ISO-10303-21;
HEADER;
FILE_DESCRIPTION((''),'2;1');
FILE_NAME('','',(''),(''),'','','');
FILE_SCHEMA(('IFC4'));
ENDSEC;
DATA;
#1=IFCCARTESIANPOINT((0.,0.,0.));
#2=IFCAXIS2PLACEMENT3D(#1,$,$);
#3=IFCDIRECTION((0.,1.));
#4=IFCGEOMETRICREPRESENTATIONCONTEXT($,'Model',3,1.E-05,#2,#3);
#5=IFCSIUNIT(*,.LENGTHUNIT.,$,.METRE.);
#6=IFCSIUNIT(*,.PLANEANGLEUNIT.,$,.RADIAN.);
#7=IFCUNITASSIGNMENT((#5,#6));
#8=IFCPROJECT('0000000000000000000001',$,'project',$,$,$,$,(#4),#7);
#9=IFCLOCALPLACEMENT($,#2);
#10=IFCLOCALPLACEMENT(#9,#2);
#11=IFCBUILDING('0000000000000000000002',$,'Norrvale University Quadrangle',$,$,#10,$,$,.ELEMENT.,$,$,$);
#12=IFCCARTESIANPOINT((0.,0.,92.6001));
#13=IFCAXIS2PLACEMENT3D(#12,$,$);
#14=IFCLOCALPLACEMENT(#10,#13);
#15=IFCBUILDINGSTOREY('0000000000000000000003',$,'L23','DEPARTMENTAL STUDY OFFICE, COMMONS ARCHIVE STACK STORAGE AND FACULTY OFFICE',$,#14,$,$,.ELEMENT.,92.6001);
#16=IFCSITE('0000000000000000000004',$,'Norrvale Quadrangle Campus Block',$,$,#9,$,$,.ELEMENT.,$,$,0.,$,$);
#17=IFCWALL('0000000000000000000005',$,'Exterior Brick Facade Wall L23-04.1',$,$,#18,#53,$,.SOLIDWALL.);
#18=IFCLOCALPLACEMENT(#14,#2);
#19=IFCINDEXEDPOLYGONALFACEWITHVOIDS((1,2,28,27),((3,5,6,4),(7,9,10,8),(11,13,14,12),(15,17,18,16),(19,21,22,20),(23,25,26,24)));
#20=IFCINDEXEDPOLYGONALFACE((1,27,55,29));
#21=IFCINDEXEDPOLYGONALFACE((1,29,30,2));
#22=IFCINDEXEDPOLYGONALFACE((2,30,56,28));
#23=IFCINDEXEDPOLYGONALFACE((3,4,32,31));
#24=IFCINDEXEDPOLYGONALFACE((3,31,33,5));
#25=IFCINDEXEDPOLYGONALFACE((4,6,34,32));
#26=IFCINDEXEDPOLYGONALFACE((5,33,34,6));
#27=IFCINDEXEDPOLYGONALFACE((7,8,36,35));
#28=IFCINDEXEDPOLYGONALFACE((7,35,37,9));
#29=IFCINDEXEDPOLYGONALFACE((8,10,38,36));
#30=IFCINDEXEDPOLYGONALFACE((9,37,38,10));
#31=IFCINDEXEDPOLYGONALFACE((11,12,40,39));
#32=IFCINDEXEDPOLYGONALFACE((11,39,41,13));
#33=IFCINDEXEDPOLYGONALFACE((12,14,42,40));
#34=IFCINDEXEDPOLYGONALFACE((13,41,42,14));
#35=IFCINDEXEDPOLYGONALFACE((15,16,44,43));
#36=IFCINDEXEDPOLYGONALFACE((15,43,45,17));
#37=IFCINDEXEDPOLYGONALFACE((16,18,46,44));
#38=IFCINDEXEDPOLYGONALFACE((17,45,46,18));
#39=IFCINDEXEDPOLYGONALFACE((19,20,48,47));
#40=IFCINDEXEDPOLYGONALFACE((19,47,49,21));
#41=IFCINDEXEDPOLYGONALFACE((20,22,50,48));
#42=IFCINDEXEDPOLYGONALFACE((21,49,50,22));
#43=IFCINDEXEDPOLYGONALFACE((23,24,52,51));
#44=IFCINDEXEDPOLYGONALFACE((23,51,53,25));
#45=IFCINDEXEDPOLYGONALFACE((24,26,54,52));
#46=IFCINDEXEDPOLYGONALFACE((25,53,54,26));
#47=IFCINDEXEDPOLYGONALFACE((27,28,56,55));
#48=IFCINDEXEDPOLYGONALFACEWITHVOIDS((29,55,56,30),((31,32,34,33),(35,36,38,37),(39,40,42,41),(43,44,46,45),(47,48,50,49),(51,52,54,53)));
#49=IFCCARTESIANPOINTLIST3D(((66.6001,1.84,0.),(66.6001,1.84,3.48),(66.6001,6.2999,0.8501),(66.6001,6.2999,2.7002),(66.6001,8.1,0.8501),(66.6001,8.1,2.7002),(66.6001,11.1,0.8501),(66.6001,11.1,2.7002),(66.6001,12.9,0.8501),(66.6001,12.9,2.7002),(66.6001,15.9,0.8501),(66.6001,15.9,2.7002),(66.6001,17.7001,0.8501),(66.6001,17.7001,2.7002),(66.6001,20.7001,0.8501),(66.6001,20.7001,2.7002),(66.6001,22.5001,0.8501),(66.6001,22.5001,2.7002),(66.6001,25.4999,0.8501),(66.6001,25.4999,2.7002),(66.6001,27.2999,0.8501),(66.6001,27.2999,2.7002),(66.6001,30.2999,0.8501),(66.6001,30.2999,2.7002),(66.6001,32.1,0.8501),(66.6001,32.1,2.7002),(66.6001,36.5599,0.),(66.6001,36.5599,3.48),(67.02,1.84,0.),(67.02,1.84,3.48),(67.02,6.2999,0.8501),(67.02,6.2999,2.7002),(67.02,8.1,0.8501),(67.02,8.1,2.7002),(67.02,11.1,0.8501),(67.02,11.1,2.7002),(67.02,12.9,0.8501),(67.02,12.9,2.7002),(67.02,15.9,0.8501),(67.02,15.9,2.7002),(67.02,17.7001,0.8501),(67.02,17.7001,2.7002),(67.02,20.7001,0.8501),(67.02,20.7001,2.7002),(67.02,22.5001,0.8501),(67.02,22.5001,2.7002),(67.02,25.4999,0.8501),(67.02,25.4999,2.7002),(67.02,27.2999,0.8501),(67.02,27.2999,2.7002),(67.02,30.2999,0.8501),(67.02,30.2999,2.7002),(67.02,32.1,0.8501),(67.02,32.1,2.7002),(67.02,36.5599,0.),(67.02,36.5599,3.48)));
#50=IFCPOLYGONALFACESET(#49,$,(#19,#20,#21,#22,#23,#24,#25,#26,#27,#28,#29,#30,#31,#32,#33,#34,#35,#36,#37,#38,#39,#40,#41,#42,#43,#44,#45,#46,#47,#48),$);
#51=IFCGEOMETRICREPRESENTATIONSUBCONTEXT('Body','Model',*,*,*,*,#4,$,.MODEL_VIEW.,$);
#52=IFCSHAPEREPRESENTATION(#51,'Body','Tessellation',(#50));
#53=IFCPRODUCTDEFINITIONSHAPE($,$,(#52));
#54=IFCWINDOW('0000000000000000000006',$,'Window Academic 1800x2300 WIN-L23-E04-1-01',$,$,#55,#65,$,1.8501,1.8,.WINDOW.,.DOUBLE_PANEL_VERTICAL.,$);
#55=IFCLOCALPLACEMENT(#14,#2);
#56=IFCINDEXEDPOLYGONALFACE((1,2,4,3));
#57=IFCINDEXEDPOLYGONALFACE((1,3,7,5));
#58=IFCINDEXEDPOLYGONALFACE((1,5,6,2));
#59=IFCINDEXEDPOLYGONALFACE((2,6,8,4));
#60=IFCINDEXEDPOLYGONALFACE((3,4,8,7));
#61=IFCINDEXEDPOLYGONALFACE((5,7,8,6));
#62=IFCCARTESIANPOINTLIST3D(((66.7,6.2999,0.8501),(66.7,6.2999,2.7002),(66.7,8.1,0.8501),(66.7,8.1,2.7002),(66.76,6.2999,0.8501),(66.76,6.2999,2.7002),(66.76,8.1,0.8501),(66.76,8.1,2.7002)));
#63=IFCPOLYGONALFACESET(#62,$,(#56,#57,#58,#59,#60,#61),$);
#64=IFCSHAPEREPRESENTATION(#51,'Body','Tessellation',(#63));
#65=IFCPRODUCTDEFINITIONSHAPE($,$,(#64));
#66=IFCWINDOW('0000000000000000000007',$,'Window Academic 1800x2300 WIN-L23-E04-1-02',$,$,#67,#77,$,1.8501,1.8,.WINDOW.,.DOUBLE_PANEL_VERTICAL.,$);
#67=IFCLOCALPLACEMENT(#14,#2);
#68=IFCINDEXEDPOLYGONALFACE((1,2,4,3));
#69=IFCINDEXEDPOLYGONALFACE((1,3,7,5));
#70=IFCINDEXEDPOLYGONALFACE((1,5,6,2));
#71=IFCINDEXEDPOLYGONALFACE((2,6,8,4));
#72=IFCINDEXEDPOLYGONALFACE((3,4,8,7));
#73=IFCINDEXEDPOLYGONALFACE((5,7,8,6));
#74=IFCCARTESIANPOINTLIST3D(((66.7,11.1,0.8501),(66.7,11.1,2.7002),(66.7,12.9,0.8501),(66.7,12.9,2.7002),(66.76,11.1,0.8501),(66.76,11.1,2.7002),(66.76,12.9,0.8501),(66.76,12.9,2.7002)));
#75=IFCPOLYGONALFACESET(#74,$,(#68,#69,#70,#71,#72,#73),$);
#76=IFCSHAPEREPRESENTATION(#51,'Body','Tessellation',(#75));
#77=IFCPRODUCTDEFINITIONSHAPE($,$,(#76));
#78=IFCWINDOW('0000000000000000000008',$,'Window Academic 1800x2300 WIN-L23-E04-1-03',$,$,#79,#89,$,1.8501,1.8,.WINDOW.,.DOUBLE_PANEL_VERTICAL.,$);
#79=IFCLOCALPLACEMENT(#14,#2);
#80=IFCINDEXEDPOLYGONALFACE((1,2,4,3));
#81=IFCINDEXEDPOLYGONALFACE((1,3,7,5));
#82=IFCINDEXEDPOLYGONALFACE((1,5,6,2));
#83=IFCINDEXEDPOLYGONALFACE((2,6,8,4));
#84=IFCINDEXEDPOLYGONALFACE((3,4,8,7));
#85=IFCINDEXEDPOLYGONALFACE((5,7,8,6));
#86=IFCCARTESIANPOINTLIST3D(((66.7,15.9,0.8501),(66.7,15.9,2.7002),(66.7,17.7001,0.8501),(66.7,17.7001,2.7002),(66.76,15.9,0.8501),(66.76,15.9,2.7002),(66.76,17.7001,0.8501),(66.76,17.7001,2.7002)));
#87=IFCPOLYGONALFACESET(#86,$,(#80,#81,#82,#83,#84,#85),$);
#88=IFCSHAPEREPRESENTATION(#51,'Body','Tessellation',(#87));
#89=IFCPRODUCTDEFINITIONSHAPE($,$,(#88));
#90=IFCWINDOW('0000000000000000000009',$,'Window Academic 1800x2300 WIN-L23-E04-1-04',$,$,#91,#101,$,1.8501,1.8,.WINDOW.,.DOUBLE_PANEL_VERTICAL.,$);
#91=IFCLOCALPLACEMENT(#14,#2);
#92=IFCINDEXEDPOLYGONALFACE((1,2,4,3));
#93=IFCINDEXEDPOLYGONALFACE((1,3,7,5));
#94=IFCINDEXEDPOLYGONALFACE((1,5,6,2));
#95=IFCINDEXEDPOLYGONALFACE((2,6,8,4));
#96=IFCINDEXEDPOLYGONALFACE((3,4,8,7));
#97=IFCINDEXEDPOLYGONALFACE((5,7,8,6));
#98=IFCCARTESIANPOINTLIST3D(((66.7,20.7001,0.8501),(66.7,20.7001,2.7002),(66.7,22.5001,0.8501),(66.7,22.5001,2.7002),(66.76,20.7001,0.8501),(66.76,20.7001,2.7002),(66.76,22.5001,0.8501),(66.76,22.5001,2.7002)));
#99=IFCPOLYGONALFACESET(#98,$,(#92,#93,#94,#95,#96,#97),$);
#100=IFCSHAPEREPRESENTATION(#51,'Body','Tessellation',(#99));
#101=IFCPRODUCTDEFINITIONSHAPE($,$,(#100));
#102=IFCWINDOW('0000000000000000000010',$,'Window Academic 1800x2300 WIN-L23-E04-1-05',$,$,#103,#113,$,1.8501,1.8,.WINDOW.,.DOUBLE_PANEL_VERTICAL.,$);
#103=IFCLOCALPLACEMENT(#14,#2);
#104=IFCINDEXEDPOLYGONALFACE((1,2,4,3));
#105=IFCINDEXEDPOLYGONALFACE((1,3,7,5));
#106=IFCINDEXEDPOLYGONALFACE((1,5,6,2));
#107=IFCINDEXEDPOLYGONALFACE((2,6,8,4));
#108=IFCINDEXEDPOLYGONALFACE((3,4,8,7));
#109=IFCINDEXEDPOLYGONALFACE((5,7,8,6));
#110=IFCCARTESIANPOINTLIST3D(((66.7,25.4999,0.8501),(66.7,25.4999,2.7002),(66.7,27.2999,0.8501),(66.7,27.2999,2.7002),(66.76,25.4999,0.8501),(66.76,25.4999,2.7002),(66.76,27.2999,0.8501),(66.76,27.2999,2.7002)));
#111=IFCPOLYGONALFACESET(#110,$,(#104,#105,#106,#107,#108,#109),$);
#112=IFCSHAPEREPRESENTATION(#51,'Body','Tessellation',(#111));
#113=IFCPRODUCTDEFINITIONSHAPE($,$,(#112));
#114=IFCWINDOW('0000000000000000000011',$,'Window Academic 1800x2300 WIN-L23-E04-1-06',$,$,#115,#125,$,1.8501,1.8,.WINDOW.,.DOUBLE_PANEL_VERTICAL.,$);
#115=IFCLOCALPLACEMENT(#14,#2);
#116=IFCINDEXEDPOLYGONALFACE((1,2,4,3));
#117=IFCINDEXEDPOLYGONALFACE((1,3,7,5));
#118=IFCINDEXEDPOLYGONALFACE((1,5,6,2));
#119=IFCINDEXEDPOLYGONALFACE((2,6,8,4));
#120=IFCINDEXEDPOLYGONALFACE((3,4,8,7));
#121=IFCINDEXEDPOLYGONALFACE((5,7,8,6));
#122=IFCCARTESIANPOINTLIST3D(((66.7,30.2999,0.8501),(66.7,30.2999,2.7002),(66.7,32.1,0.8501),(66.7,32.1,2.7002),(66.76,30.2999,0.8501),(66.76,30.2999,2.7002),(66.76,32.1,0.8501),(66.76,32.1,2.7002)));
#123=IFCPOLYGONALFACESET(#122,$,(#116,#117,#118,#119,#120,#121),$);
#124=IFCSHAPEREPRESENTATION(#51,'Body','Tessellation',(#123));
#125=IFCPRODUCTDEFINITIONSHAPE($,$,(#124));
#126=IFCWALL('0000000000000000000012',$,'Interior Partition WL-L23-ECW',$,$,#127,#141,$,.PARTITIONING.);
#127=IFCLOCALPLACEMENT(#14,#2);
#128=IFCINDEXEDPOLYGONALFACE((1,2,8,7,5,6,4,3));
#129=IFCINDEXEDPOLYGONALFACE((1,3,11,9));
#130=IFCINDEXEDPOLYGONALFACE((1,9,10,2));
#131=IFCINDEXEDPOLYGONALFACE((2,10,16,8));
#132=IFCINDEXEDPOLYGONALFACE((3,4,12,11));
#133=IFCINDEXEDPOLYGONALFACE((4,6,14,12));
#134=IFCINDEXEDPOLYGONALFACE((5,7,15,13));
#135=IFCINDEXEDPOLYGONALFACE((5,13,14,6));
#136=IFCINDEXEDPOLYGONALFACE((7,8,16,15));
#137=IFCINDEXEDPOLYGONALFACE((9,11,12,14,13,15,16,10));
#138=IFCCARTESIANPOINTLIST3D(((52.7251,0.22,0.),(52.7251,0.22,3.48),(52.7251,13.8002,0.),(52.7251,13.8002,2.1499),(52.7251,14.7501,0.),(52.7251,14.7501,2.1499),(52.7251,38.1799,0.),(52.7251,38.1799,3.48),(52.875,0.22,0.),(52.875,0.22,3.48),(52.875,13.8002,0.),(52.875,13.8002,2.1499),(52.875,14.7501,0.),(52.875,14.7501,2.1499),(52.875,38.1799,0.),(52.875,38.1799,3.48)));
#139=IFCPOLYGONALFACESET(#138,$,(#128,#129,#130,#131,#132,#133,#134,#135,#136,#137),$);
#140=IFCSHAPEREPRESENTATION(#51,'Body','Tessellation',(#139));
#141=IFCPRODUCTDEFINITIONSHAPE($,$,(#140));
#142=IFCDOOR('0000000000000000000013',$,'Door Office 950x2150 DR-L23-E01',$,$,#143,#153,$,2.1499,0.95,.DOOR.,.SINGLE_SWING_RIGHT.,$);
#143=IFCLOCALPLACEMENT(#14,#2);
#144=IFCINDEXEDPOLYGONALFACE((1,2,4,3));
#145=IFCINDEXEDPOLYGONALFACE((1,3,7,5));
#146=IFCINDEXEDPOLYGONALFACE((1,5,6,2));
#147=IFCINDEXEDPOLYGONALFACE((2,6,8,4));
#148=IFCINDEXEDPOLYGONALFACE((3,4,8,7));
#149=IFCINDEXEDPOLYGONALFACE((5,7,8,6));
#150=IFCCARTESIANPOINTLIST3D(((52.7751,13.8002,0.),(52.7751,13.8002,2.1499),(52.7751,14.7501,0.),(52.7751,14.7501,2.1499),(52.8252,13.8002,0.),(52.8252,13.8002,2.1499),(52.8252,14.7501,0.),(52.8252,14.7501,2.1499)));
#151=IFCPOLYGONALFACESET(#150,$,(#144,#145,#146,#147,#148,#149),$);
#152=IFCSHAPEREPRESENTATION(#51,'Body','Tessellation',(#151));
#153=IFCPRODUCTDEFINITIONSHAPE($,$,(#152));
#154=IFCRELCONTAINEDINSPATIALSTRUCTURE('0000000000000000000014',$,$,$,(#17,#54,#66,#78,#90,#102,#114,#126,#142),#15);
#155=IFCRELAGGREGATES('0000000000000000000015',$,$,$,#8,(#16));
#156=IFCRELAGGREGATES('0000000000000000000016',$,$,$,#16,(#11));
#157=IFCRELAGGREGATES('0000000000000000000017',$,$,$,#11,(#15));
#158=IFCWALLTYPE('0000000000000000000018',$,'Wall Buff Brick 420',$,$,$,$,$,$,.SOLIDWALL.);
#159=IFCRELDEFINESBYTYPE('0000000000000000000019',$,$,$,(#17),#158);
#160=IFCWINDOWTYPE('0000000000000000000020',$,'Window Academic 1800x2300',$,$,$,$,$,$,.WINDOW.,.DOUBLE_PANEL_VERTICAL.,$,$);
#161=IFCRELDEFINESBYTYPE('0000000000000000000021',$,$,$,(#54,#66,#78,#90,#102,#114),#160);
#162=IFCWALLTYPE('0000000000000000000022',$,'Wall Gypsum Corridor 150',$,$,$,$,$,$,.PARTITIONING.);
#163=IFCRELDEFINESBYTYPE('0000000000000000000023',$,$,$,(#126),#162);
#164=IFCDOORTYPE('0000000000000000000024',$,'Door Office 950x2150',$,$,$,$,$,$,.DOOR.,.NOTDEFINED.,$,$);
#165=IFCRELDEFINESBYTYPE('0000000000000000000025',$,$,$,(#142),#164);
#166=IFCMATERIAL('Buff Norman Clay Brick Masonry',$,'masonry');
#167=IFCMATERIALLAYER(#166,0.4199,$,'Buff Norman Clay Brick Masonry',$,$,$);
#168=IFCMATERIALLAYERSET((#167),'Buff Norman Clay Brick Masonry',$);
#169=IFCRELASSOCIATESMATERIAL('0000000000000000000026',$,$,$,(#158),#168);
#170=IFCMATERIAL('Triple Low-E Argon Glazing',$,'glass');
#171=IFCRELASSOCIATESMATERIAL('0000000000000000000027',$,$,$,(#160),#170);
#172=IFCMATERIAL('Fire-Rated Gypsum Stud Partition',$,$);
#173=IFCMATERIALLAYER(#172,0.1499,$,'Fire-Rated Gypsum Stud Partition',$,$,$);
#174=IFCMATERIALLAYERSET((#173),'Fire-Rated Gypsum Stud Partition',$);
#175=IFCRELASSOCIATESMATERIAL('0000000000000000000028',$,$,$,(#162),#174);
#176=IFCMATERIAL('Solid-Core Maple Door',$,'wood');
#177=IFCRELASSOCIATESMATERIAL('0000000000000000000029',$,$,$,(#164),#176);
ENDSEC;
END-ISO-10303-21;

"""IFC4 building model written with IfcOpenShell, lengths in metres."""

from ifc_helpers import new_model, si_unit, direction, frame, frame_2d, origin, place, context, subcontext, project, spatial, rectangle, extrude, material, layer, layer_set, type_object, element, fill, save


model = new_model("IFC4")

# Units and contexts
model_context = context("Model", 3, precision=1e-05, world=origin(), true_north=direction((0.0, 1.0)))
body_context = subcontext(model_context, "Body", "Model", "MODEL_VIEW")
ifc_project = project(units=[si_unit("LENGTHUNIT", "METRE"), si_unit("PLANEANGLEUNIT", "RADIAN")], contexts=[model_context])

# Site, building, storey
site_placement = place(None, origin())
site = spatial("IfcSite", under=ifc_project, at=site_placement, Name="Norrvale Quadrangle Campus Block", CompositionType="ELEMENT", RefElevation=0.0)
building_placement = place(site_placement, origin())
building = spatial("IfcBuilding", under=site, at=building_placement, Name="Norrvale University Quadrangle", CompositionType="ELEMENT")
storey_placement = place(building_placement, frame((0.0, 0.0, 92.6001)))
storey = spatial("IfcBuildingStorey", under=building, at=storey_placement, Name="L23", Description="DEPARTMENTAL STUDY OFFICE, COMMONS ARCHIVE STACK STORAGE AND FACULTY OFFICE", CompositionType="ELEMENT", Elevation=92.6001)

# Shared definitions
ifc_material_1 = material(Name="Buff Norman Clay Brick Masonry", Category="masonry")
ifc_layer_1 = layer(ifc_material_1, 0.4199, Name="Buff Norman Clay Brick Masonry")
ifc_layer_set_1 = layer_set([ifc_layer_1], Name="Buff Norman Clay Brick Masonry")
wall_type_1 = type_object("IfcWallType", Name="Wall Buff Brick 420", PredefinedType="SOLIDWALL", material=ifc_layer_set_1)

# Wall, openings, windows
wall_1_placement = place(storey_placement, frame((66.8101, 1.8401, 0.0), z_axis=(0.0, 0.0, 1.0), x_axis=(0.0, 1.0, 0.0)))
wall_1 = element("IfcWall", 1, at=wall_1_placement, inside=storey, type_object=wall_type_1, Name="Exterior Brick Facade Wall L23-04.1", PredefinedType="SOLIDWALL", context=body_context, shape_type="SweptSolid", body=[
    extrude(rectangle(XDim=34.72, YDim=0.4199, at=frame_2d((17.3599, 0.0))), origin(), (0.0, 0.0, 1.0), 3.48),
])
opening_1_placement = place(wall_1_placement, frame((4.46, 0.0, 0.8501)))
opening_1 = element("IfcOpeningElement", 2, at=opening_1_placement, cuts=wall_1, PredefinedType="OPENING", context=body_context, shape_type="SweptSolid", body=[
    extrude(rectangle(XDim=1.8, YDim=1.8501, at=frame_2d((0.8999, 0.925))), frame((0.0, 0.2219, 0.0), z_axis=(0.0, -1.0, 0.0), x_axis=(1.0, 0.0, 0.0)), (0.0, 0.0, 1.0), 0.4438),
])
opening_2_placement = place(wall_1_placement, frame((9.26, 0.0, 0.8501)))
opening_2 = element("IfcOpeningElement", 3, at=opening_2_placement, cuts=wall_1, PredefinedType="OPENING", context=body_context, shape_type="SweptSolid", body=[
    extrude(rectangle(XDim=1.8, YDim=1.8501, at=frame_2d((0.8999, 0.925))), frame((0.0, 0.2219, 0.0), z_axis=(0.0, -1.0, 0.0), x_axis=(1.0, 0.0, 0.0)), (0.0, 0.0, 1.0), 0.4438),
])
opening_3_placement = place(wall_1_placement, frame((14.0601, 0.0, 0.8501)))
opening_3 = element("IfcOpeningElement", 4, at=opening_3_placement, cuts=wall_1, PredefinedType="OPENING", context=body_context, shape_type="SweptSolid", body=[
    extrude(rectangle(XDim=1.8, YDim=1.8501, at=frame_2d((0.8999, 0.925))), frame((0.0, 0.2219, 0.0), z_axis=(0.0, -1.0, 0.0), x_axis=(1.0, 0.0, 0.0)), (0.0, 0.0, 1.0), 0.4438),
])
opening_4_placement = place(wall_1_placement, frame((18.8601, 0.0, 0.8501)))
opening_4 = element("IfcOpeningElement", 5, at=opening_4_placement, cuts=wall_1, PredefinedType="OPENING", context=body_context, shape_type="SweptSolid", body=[
    extrude(rectangle(XDim=1.8, YDim=1.8501, at=frame_2d((0.8999, 0.925))), frame((0.0, 0.2219, 0.0), z_axis=(0.0, -1.0, 0.0), x_axis=(1.0, 0.0, 0.0)), (0.0, 0.0, 1.0), 0.4438),
])
opening_5_placement = place(wall_1_placement, frame((23.6599, 0.0, 0.8501)))
opening_5 = element("IfcOpeningElement", 6, at=opening_5_placement, cuts=wall_1, PredefinedType="OPENING", context=body_context, shape_type="SweptSolid", body=[
    extrude(rectangle(XDim=1.8, YDim=1.8501, at=frame_2d((0.8999, 0.925))), frame((0.0, 0.2219, 0.0), z_axis=(0.0, -1.0, 0.0), x_axis=(1.0, 0.0, 0.0)), (0.0, 0.0, 1.0), 0.4438),
])
opening_6_placement = place(wall_1_placement, frame((28.46, 0.0, 0.8501)))
opening_6 = element("IfcOpeningElement", 7, at=opening_6_placement, cuts=wall_1, PredefinedType="OPENING", context=body_context, shape_type="SweptSolid", body=[
    extrude(rectangle(XDim=1.8, YDim=1.8501, at=frame_2d((0.8999, 0.925))), frame((0.0, 0.2219, 0.0), z_axis=(0.0, -1.0, 0.0), x_axis=(1.0, 0.0, 0.0)), (0.0, 0.0, 1.0), 0.4438),
])
ifc_material_2 = material(Name="Triple Low-E Argon Glazing", Category="glass")
window_type = type_object("IfcWindowType", Name="Window Academic 1800x2300", PartitioningType="DOUBLE_PANEL_VERTICAL", PredefinedType="WINDOW", material=ifc_material_2)
window_1_placement = place(opening_1_placement, origin())
window_1 = element("IfcWindow", 8, at=window_1_placement, inside=storey, type_object=window_type, Name="Window Academic 1800x2300 WIN-L23-E04-1-01", OverallHeight=1.8501, OverallWidth=1.8, PartitioningType="DOUBLE_PANEL_VERTICAL", PredefinedType="WINDOW", context=body_context, shape_type="SweptSolid", body=[
    extrude(rectangle(XDim=1.8, YDim=1.8501, at=frame_2d((0.8999, 0.925))), frame((0.0, 0.1101, 0.0), z_axis=(0.0, -1.0, 0.0), x_axis=(1.0, 0.0, 0.0)), (0.0, 0.0, 1.0), 0.0601),
])
fill(opening_1, window_1)
window_2_placement = place(opening_2_placement, origin())
window_2 = element("IfcWindow", 9, at=window_2_placement, inside=storey, type_object=window_type, Name="Window Academic 1800x2300 WIN-L23-E04-1-02", OverallHeight=1.8501, OverallWidth=1.8, PartitioningType="DOUBLE_PANEL_VERTICAL", PredefinedType="WINDOW", context=body_context, shape_type="SweptSolid", body=[
    extrude(rectangle(XDim=1.8, YDim=1.8501, at=frame_2d((0.8999, 0.925))), frame((0.0, 0.1101, 0.0), z_axis=(0.0, -1.0, 0.0), x_axis=(1.0, 0.0, 0.0)), (0.0, 0.0, 1.0), 0.0601),
])
fill(opening_2, window_2)
window_3_placement = place(opening_3_placement, origin())
window_3 = element("IfcWindow", 10, at=window_3_placement, inside=storey, type_object=window_type, Name="Window Academic 1800x2300 WIN-L23-E04-1-03", OverallHeight=1.8501, OverallWidth=1.8, PartitioningType="DOUBLE_PANEL_VERTICAL", PredefinedType="WINDOW", context=body_context, shape_type="SweptSolid", body=[
    extrude(rectangle(XDim=1.8, YDim=1.8501, at=frame_2d((0.8999, 0.925))), frame((0.0, 0.1101, 0.0), z_axis=(0.0, -1.0, 0.0), x_axis=(1.0, 0.0, 0.0)), (0.0, 0.0, 1.0), 0.0601),
])
fill(opening_3, window_3)
window_4_placement = place(opening_4_placement, origin())
window_4 = element("IfcWindow", 11, at=window_4_placement, inside=storey, type_object=window_type, Name="Window Academic 1800x2300 WIN-L23-E04-1-04", OverallHeight=1.8501, OverallWidth=1.8, PartitioningType="DOUBLE_PANEL_VERTICAL", PredefinedType="WINDOW", context=body_context, shape_type="SweptSolid", body=[
    extrude(rectangle(XDim=1.8, YDim=1.8501, at=frame_2d((0.8999, 0.925))), frame((0.0, 0.1101, 0.0), z_axis=(0.0, -1.0, 0.0), x_axis=(1.0, 0.0, 0.0)), (0.0, 0.0, 1.0), 0.0601),
])
fill(opening_4, window_4)
window_5_placement = place(opening_5_placement, origin())
window_5 = element("IfcWindow", 12, at=window_5_placement, inside=storey, type_object=window_type, Name="Window Academic 1800x2300 WIN-L23-E04-1-05", OverallHeight=1.8501, OverallWidth=1.8, PartitioningType="DOUBLE_PANEL_VERTICAL", PredefinedType="WINDOW", context=body_context, shape_type="SweptSolid", body=[
    extrude(rectangle(XDim=1.8, YDim=1.8501, at=frame_2d((0.8999, 0.925))), frame((0.0, 0.1101, 0.0), z_axis=(0.0, -1.0, 0.0), x_axis=(1.0, 0.0, 0.0)), (0.0, 0.0, 1.0), 0.0601),
])
fill(opening_5, window_5)
window_6_placement = place(opening_6_placement, origin())
window_6 = element("IfcWindow", 13, at=window_6_placement, inside=storey, type_object=window_type, Name="Window Academic 1800x2300 WIN-L23-E04-1-06", OverallHeight=1.8501, OverallWidth=1.8, PartitioningType="DOUBLE_PANEL_VERTICAL", PredefinedType="WINDOW", context=body_context, shape_type="SweptSolid", body=[
    extrude(rectangle(XDim=1.8, YDim=1.8501, at=frame_2d((0.8999, 0.925))), frame((0.0, 0.1101, 0.0), z_axis=(0.0, -1.0, 0.0), x_axis=(1.0, 0.0, 0.0)), (0.0, 0.0, 1.0), 0.0601),
])
fill(opening_6, window_6)

# Wall, opening, door
ifc_material_3 = material(Name="Fire-Rated Gypsum Stud Partition")
ifc_layer_2 = layer(ifc_material_3, 0.1499, Name="Fire-Rated Gypsum Stud Partition")
ifc_layer_set_2 = layer_set([ifc_layer_2], Name="Fire-Rated Gypsum Stud Partition")
wall_type_2 = type_object("IfcWallType", Name="Wall Gypsum Corridor 150", PredefinedType="PARTITIONING", material=ifc_layer_set_2)
wall_2_placement = place(storey_placement, frame((52.8, 0.22, 0.0), z_axis=(0.0, 0.0, 1.0), x_axis=(0.0, 1.0, 0.0)))
wall_2 = element("IfcWall", 14, at=wall_2_placement, inside=storey, type_object=wall_type_2, Name="Interior Partition WL-L23-ECW", PredefinedType="PARTITIONING", context=body_context, shape_type="SweptSolid", body=[
    extrude(rectangle(XDim=37.96, YDim=0.1499, at=frame_2d((18.98, 0.0))), origin(), (0.0, 0.0, 1.0), 3.48),
])
opening_7_placement = place(wall_2_placement, frame((13.5801, 0.0, 0.0)))
opening_7 = element("IfcOpeningElement", 15, at=opening_7_placement, cuts=wall_2, PredefinedType="OPENING", context=body_context, shape_type="SweptSolid", body=[
    extrude(rectangle(XDim=0.95, YDim=2.1499, at=frame_2d((0.4751, 1.075))), frame((0.0, 0.0869, 0.0), z_axis=(0.0, -1.0, 0.0), x_axis=(1.0, 0.0, 0.0)), (0.0, 0.0, 1.0), 0.1738),
])
ifc_material_4 = material(Name="Solid-Core Maple Door", Category="wood")
door_type = type_object("IfcDoorType", Name="Door Office 950x2150", OperationType="NOTDEFINED", PredefinedType="DOOR", material=ifc_material_4)
door_placement = place(opening_7_placement, origin())
door = element("IfcDoor", 16, at=door_placement, inside=storey, type_object=door_type, Name="Door Office 950x2150 DR-L23-E01", OperationType="SINGLE_SWING_RIGHT", OverallHeight=2.1499, OverallWidth=0.95, PredefinedType="DOOR", context=body_context, shape_type="SweptSolid", body=[
    extrude(rectangle(XDim=0.95, YDim=2.1499, at=frame_2d((0.4751, 1.075))), frame((0.0, 0.0249, 0.0), z_axis=(0.0, -1.0, 0.0), x_axis=(1.0, 0.0, 0.0)), (0.0, 0.0, 1.0), 0.05),
])
fill(opening_7, door)

save(model, "model.ifc")
